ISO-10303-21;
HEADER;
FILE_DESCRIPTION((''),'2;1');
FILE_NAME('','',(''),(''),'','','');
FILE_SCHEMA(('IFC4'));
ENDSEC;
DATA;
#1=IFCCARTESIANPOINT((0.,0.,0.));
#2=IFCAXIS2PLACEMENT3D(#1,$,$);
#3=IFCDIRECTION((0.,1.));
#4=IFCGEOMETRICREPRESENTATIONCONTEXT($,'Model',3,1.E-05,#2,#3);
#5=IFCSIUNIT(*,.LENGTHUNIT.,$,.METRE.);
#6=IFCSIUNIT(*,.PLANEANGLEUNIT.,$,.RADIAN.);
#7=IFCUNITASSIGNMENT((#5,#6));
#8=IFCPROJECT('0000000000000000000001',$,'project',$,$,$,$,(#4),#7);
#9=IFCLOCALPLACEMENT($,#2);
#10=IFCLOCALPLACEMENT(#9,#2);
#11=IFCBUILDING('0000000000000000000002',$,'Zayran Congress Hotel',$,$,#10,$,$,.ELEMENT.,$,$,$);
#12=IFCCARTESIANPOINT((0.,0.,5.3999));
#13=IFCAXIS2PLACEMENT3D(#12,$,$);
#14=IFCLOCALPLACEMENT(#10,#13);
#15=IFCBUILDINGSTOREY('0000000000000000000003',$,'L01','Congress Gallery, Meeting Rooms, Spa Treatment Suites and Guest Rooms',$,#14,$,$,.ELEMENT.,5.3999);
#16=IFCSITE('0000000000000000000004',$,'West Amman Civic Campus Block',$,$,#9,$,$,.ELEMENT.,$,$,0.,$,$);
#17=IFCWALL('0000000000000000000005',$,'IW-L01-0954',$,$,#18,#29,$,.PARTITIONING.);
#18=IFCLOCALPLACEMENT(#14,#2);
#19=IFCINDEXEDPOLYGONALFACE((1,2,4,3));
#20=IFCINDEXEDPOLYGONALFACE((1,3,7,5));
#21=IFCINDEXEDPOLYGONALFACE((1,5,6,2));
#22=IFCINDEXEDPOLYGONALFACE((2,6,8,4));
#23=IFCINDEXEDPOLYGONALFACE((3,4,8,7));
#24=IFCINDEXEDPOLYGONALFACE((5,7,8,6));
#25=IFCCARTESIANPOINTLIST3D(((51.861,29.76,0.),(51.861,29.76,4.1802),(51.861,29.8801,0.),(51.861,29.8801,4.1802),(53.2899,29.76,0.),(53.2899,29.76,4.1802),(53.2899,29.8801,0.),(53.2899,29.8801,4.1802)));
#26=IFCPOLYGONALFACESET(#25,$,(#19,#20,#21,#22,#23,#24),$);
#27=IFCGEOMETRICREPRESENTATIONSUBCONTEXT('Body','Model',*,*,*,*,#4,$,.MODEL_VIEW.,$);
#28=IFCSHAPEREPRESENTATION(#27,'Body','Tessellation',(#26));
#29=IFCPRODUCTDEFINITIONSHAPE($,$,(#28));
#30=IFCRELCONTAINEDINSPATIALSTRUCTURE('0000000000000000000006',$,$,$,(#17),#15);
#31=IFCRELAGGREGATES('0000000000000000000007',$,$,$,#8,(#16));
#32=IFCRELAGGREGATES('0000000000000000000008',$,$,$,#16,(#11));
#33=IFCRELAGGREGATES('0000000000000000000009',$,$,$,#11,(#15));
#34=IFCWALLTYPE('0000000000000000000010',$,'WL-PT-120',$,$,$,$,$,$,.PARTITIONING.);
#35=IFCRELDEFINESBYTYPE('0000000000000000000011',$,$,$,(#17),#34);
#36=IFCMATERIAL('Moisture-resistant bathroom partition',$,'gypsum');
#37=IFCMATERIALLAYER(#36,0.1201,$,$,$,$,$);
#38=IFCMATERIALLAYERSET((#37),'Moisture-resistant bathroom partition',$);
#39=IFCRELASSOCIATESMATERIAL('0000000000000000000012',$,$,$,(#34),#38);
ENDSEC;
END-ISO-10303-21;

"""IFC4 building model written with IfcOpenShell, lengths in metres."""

from ifc_helpers import new_model, si_unit, direction, frame, frame_2d, origin, place, context, subcontext, project, spatial, rectangle, extrude, material, layer, layer_set, type_object, element, save


model = new_model("IFC4")

# Units and contexts
model_context = context("Model", 3, precision=1e-05, world=origin(), true_north=direction((0.0, 1.0)))
body_context = subcontext(model_context, "Body", "Model", "MODEL_VIEW")
ifc_project = project(units=[si_unit("LENGTHUNIT", "METRE"), si_unit("PLANEANGLEUNIT", "RADIAN")], contexts=[model_context])

# Site, building, storey
site_placement = place(None, origin())
site = spatial("IfcSite", under=ifc_project, at=site_placement, Name="West Amman Civic Campus Block", CompositionType="ELEMENT", RefElevation=0.0)
building_placement = place(site_placement, origin())
building = spatial("IfcBuilding", under=site, at=building_placement, Name="Zayran Congress Hotel", CompositionType="ELEMENT")
storey_placement = place(building_placement, frame((0.0, 0.0, 5.3999)))
storey = spatial("IfcBuildingStorey", under=building, at=storey_placement, Name="L01", Description="Congress Gallery, Meeting Rooms, Spa Treatment Suites and Guest Rooms", CompositionType="ELEMENT", Elevation=5.3999)

# Shared definitions
ifc_material_1 = material(Name="Moisture-resistant bathroom partition", Category="gypsum")
ifc_layer_1 = layer(ifc_material_1, 0.1201)
ifc_layer_set_1 = layer_set([ifc_layer_1], Name="Moisture-resistant bathroom partition")
wall_type_1 = type_object("IfcWallType", Name="WL-PT-120", PredefinedType="PARTITIONING", material=ifc_layer_set_1)

# Wall
for number, where, z_axis, x_axis, name in (
    (1, (51.8611, 29.8201, 0.0), (0.0, 0.0, 1.0), (1.0, 0.0, 0.0), "IW-L01-0954"),
):
    element("IfcWall", number, at=place(storey_placement, frame(where, z_axis=z_axis, x_axis=x_axis)), inside=storey, type_object=wall_type_1, Name=name, PredefinedType="PARTITIONING", context=body_context, shape_type="SweptSolid", body=[
        extrude(rectangle(XDim=1.429, YDim=0.1201, at=frame_2d((0.7144, 0.0))), origin(), (0.0, 0.0, 1.0), 4.1802),
    ])

save(model, "model.ifc")
